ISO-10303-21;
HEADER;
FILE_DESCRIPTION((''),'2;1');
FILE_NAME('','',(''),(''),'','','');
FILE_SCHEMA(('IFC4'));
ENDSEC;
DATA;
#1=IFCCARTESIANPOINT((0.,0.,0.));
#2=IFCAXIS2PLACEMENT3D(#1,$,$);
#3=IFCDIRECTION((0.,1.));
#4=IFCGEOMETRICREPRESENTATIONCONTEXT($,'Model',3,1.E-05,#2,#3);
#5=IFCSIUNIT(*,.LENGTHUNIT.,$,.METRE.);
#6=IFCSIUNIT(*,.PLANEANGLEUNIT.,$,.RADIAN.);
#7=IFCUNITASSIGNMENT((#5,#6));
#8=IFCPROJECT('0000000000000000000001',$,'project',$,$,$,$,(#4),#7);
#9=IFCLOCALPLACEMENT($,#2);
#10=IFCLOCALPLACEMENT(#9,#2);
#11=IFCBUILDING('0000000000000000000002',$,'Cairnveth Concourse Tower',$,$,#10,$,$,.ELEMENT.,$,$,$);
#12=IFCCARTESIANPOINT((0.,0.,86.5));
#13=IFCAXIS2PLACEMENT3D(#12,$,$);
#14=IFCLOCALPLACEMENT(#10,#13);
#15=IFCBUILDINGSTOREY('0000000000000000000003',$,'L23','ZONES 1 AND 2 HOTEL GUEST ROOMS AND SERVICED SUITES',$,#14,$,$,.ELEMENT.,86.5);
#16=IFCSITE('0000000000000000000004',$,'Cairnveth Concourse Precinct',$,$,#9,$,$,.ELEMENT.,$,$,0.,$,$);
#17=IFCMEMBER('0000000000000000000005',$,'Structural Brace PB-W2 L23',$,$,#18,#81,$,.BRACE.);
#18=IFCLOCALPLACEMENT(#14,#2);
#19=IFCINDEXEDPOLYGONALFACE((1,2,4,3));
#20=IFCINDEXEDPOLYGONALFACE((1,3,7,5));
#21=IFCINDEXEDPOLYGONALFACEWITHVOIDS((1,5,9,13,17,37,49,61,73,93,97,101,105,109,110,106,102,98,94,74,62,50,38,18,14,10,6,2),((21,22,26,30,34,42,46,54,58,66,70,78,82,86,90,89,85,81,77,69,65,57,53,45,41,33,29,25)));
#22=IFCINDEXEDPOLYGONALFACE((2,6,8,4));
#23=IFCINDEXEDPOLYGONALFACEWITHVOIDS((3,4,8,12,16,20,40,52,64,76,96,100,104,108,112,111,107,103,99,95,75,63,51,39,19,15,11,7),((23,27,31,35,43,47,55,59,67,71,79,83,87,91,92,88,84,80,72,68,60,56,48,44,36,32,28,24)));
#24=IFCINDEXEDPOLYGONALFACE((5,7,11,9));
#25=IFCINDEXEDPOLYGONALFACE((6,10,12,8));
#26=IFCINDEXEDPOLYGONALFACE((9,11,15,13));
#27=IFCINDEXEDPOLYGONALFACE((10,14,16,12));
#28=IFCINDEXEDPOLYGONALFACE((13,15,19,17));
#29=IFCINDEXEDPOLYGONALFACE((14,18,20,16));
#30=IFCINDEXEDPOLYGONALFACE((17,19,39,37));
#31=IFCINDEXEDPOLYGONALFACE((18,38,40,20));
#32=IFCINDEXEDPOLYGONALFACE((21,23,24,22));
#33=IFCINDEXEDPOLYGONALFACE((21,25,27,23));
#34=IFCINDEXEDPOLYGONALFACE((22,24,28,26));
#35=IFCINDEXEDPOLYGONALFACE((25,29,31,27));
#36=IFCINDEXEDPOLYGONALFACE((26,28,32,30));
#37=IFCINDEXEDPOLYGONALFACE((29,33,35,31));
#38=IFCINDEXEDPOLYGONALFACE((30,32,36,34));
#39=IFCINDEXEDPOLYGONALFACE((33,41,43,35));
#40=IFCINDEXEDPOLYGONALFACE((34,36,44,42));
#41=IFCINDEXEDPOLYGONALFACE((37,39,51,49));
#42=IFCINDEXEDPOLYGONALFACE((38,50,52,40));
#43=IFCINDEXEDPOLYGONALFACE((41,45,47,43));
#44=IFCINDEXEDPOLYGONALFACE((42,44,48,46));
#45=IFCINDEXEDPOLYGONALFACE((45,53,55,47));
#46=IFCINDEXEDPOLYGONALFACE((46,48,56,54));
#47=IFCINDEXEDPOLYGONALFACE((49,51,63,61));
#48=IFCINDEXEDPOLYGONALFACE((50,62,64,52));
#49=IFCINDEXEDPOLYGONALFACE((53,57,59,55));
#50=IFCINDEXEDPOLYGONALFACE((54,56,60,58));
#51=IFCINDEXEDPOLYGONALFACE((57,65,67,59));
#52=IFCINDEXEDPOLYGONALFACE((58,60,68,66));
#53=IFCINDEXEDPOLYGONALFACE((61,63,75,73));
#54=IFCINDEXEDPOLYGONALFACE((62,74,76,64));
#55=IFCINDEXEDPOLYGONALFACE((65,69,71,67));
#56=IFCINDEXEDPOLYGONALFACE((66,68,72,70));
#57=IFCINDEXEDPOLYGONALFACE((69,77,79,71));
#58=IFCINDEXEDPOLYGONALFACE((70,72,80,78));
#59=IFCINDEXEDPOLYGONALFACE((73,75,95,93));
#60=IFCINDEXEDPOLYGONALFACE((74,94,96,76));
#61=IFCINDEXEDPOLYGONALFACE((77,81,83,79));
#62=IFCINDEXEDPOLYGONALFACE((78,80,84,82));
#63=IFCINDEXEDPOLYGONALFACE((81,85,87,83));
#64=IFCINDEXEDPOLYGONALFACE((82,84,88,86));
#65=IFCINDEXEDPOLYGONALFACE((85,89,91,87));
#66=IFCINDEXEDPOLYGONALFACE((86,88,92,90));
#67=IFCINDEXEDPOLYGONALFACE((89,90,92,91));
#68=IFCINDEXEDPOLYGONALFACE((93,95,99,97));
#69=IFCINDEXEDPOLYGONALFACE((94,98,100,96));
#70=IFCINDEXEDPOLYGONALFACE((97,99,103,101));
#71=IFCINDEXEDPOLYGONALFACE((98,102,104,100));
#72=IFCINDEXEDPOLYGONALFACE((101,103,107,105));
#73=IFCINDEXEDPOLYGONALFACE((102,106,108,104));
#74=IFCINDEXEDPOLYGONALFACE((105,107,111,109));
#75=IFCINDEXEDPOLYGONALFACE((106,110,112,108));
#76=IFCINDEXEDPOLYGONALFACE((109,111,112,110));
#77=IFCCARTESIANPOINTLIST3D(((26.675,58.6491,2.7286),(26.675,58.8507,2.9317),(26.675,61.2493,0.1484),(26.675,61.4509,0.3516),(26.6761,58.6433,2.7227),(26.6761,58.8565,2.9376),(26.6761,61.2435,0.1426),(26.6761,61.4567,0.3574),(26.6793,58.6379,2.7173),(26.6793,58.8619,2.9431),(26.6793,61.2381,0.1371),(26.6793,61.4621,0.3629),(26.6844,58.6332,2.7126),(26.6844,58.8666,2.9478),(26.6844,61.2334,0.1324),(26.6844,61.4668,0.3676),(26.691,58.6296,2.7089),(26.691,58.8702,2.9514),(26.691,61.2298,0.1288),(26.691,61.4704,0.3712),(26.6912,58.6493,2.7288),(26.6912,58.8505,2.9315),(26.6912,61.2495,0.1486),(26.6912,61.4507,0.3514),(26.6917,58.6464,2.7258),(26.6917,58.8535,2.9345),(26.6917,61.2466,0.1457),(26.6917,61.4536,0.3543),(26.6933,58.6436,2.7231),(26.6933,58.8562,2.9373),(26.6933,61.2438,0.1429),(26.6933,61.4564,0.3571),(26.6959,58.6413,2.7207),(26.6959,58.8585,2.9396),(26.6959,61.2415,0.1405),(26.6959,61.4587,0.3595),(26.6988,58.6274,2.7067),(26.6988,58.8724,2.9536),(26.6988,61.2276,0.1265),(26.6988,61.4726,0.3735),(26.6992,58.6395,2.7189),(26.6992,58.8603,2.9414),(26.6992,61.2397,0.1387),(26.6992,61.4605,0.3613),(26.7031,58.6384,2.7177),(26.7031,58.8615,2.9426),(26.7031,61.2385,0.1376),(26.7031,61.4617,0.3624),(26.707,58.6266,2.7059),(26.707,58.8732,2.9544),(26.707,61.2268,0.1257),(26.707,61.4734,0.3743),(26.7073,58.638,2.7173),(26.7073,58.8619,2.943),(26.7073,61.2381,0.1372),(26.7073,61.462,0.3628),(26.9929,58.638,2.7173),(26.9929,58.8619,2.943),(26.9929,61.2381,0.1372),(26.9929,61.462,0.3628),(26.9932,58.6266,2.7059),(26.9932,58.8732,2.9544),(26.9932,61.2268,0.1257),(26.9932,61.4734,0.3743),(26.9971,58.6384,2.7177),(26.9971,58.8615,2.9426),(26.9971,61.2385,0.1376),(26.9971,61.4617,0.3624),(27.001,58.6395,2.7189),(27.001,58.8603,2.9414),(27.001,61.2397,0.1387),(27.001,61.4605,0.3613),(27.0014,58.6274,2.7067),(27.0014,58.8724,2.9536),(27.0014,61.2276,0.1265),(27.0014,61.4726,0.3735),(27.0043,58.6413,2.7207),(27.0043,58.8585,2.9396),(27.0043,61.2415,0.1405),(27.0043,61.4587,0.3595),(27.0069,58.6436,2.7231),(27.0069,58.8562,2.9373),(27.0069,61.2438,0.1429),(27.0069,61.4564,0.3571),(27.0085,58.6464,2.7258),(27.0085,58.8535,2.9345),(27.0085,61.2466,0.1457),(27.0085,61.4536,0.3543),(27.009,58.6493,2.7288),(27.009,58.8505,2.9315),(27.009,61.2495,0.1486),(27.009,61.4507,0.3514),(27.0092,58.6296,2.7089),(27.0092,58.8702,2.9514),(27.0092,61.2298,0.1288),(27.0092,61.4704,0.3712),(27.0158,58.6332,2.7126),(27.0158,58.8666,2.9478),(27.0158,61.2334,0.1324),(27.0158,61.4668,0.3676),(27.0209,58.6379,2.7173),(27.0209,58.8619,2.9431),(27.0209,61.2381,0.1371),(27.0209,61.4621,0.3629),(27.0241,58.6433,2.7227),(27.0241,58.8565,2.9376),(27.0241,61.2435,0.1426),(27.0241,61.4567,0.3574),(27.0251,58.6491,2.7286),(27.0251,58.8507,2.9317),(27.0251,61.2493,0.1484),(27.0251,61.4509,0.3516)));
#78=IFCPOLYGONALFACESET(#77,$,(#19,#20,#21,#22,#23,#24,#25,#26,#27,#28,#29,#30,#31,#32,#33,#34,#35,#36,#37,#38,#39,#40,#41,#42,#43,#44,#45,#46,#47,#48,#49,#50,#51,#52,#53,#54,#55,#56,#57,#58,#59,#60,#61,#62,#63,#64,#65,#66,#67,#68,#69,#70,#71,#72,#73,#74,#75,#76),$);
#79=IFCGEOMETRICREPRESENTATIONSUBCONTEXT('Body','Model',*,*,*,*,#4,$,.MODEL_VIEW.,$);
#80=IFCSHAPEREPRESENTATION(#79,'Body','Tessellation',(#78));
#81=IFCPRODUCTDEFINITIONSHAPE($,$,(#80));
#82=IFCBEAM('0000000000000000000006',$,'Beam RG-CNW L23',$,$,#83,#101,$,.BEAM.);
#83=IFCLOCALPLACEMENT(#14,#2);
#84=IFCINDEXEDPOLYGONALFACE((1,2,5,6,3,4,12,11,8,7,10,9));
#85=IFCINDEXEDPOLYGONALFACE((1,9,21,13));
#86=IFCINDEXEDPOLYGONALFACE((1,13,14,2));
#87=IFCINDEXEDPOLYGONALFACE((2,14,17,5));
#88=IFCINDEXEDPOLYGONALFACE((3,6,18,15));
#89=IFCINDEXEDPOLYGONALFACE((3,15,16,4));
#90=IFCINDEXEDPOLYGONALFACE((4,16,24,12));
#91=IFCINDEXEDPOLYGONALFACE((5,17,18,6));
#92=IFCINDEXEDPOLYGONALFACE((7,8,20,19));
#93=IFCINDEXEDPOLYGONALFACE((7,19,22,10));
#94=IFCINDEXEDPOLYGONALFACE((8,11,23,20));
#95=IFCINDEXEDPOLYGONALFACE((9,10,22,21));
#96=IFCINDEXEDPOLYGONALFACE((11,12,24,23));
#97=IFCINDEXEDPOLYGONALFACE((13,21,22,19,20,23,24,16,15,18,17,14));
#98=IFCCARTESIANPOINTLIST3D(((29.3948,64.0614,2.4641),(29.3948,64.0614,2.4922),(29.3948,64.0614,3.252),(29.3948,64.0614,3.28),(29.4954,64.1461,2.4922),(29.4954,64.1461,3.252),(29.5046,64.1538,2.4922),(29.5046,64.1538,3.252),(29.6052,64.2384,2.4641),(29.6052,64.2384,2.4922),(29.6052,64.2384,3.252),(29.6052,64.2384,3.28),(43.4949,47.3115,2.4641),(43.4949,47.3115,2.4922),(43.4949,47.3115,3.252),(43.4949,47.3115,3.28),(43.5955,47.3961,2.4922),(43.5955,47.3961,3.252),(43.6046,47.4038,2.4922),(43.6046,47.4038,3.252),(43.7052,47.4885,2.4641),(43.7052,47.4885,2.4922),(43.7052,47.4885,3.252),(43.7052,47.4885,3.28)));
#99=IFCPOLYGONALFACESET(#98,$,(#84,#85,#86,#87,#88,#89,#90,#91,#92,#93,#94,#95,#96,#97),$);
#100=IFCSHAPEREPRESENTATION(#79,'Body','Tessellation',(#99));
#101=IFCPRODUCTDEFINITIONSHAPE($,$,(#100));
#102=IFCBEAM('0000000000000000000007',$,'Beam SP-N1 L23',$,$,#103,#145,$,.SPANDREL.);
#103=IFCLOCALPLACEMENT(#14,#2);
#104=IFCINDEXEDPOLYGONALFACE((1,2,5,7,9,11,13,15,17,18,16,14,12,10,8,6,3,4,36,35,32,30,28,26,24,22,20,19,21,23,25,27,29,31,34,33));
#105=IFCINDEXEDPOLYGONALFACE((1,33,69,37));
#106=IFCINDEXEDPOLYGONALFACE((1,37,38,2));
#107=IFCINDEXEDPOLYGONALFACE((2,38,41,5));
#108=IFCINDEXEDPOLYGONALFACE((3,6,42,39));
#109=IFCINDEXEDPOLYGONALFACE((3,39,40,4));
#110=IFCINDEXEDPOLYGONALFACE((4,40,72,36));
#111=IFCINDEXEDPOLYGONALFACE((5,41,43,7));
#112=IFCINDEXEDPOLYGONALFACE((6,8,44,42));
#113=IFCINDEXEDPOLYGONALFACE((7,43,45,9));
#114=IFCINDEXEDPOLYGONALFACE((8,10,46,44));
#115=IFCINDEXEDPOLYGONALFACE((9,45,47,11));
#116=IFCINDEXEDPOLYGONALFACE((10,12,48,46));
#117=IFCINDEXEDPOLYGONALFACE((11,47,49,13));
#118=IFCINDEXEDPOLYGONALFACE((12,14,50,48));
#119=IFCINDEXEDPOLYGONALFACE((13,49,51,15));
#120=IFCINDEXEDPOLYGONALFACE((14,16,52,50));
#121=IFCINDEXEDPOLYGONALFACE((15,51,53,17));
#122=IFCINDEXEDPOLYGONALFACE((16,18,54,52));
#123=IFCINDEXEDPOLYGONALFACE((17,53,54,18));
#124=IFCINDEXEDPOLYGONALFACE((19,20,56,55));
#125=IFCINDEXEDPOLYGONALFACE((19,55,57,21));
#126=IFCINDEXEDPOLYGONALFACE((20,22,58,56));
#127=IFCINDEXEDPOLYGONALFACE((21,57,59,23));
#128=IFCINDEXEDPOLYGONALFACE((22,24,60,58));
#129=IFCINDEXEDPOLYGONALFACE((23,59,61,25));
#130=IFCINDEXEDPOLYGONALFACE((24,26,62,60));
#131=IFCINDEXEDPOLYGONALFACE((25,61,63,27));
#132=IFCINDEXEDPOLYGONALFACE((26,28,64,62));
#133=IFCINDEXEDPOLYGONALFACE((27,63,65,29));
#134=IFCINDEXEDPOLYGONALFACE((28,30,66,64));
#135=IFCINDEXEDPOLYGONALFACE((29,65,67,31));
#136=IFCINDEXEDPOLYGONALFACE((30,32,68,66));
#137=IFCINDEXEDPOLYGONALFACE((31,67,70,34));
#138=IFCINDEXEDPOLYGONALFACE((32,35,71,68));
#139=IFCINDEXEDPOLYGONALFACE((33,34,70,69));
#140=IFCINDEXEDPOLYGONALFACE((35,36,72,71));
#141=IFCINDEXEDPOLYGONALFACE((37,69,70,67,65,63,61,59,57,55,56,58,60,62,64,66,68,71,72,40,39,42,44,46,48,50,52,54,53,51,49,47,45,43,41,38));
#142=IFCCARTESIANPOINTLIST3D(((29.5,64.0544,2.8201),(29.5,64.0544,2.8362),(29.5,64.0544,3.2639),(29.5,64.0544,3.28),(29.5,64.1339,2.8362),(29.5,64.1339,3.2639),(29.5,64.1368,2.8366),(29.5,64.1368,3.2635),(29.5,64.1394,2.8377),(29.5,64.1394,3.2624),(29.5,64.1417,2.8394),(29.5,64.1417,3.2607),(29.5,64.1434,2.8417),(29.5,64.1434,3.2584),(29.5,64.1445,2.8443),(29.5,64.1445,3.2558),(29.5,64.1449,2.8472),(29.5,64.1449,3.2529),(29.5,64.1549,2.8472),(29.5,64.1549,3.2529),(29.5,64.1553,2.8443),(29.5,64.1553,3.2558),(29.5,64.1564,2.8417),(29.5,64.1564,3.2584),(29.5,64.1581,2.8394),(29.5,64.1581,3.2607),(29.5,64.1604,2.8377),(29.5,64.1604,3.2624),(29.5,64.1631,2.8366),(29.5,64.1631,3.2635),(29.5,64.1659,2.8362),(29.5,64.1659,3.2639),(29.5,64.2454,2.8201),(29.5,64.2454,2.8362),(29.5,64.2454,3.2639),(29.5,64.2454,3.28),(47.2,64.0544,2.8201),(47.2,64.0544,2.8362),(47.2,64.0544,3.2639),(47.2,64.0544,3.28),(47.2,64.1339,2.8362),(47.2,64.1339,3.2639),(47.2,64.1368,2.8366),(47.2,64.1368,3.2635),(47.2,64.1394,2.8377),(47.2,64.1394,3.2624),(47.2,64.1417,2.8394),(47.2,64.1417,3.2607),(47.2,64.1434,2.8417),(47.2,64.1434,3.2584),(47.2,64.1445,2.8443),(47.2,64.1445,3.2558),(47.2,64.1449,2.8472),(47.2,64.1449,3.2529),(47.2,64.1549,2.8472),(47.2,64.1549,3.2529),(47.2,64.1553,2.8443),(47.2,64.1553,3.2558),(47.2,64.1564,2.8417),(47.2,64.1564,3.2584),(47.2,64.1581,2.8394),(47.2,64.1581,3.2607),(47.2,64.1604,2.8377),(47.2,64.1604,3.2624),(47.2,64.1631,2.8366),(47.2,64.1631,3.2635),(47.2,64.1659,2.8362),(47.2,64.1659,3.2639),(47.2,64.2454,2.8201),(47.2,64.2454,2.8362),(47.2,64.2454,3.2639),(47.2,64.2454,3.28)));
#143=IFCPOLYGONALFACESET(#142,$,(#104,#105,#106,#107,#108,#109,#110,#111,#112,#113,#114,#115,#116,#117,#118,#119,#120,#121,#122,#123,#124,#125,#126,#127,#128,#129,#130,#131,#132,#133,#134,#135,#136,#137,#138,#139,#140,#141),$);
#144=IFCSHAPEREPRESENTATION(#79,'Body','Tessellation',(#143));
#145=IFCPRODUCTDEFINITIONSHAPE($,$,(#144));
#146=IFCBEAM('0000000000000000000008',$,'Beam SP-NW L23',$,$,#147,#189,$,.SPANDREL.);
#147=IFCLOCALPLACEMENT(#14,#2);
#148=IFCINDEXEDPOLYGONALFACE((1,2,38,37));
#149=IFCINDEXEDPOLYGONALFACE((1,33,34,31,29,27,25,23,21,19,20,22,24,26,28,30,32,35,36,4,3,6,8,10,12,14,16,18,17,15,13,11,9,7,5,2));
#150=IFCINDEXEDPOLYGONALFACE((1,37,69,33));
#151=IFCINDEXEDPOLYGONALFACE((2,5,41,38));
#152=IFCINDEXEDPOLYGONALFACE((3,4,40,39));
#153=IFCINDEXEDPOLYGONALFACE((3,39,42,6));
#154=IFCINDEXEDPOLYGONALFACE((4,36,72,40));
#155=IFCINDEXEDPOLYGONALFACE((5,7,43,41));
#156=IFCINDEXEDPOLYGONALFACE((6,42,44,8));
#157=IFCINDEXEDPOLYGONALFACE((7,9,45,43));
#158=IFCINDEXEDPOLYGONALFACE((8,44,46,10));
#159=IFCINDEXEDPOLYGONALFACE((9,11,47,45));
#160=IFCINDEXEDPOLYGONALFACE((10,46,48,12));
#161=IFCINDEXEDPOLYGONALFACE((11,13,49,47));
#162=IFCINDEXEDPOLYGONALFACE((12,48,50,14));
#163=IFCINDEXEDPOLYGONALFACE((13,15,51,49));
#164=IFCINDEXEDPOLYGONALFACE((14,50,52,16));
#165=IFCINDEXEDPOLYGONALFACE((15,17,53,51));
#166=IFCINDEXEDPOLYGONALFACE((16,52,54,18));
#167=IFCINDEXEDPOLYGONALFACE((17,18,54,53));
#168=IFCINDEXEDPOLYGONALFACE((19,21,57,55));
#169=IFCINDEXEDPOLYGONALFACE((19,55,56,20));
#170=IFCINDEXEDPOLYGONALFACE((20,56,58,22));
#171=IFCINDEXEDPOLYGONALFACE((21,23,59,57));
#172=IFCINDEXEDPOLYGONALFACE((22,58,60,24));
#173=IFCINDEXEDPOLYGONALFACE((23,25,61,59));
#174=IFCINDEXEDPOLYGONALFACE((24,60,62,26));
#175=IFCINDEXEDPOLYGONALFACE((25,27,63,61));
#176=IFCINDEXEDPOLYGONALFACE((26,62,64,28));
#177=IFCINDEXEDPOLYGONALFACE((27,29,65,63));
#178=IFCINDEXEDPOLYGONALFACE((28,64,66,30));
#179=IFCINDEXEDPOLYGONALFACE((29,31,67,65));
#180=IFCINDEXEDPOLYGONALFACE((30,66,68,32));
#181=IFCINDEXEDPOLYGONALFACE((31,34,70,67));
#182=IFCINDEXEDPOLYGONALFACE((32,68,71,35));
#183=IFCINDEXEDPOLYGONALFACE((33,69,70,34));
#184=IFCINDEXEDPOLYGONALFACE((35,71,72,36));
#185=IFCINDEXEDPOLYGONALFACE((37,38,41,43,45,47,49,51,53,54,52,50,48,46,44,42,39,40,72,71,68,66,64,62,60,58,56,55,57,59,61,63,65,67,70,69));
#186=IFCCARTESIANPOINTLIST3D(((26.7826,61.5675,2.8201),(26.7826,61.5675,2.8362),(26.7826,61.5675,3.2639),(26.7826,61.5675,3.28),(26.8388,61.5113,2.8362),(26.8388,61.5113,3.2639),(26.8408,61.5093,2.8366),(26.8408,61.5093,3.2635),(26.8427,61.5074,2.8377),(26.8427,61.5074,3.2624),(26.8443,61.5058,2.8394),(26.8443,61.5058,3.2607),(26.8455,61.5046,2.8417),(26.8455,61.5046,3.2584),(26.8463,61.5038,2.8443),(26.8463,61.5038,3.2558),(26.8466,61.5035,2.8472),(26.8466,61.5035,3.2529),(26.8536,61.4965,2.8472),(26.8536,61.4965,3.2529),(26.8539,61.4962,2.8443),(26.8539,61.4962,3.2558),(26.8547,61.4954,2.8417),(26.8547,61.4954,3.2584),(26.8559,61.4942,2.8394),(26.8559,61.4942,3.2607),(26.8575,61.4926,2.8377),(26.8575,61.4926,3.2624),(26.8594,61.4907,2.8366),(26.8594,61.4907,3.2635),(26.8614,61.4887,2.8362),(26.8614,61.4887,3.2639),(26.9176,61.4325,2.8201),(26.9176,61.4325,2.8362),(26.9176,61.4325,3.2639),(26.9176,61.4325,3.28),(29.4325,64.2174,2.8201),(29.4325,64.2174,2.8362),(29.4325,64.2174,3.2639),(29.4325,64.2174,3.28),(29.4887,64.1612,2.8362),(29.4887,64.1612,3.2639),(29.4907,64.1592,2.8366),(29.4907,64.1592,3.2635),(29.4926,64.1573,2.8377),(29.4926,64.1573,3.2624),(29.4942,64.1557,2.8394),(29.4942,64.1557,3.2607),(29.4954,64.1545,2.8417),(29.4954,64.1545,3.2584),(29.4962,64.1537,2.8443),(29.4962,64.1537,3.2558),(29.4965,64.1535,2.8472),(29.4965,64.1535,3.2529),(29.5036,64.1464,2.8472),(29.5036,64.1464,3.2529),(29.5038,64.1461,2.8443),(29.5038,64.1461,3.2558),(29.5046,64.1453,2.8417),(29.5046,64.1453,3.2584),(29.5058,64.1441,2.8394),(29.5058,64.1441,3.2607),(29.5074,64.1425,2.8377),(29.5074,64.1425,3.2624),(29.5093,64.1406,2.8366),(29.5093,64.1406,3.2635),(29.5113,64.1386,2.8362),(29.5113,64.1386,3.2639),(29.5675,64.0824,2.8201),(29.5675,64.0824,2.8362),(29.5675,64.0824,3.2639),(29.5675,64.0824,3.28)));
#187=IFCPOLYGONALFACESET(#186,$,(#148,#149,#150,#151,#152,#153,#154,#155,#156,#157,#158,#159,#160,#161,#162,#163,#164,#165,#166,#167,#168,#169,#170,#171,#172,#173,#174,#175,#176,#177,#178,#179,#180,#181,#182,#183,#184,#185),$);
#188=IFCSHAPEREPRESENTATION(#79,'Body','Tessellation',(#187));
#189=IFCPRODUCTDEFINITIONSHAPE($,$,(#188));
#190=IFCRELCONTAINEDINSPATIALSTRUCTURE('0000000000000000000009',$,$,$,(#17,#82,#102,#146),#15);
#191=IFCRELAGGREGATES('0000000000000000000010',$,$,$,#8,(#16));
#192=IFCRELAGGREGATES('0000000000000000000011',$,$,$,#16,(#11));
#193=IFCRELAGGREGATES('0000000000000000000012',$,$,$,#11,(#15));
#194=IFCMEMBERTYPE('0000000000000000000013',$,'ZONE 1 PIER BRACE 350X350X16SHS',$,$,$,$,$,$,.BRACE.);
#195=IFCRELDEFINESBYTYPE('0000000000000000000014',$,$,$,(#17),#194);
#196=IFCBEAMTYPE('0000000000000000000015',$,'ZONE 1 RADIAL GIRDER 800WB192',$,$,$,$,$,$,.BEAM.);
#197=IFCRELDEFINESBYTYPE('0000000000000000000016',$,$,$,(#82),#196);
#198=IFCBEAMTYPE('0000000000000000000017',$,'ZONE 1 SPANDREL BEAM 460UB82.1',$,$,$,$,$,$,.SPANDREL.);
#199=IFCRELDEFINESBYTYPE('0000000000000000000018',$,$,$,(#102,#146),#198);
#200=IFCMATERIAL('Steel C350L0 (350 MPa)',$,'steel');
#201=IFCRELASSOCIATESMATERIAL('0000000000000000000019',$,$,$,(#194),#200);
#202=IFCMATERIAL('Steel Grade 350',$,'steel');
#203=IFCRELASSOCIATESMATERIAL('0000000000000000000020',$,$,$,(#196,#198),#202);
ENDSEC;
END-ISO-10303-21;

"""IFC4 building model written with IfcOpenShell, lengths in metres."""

from ifc_helpers import new_model, si_unit, direction, frame, origin, origin_2d, place, context, subcontext, project, spatial, hollow_rectangle, i_section, extrude, material, material_profile, profile_set, type_object, element, save


model = new_model("IFC4")

# Units and contexts
model_context = context("Model", 3, precision=1e-05, world=origin(), true_north=direction((0.0, 1.0)))
body_context = subcontext(model_context, "Body", "Model", "MODEL_VIEW")
ifc_project = project(units=[si_unit("LENGTHUNIT", "METRE"), si_unit("PLANEANGLEUNIT", "RADIAN")], contexts=[model_context])

# Site, building, storey
site_placement = place(None, origin())
site = spatial("IfcSite", under=ifc_project, at=site_placement, Name="Cairnveth Concourse Precinct", CompositionType="ELEMENT", RefElevation=0.0)
building_placement = place(site_placement, origin())
building = spatial("IfcBuilding", under=site, at=building_placement, Name="Cairnveth Concourse Tower", CompositionType="ELEMENT")
storey_placement = place(building_placement, frame((0.0, 0.0, 86.5)))
storey = spatial("IfcBuildingStorey", under=building, at=storey_placement, Name="L23", Description="ZONES 1 AND 2 HOTEL GUEST ROOMS AND SERVICED SUITES", CompositionType="ELEMENT", Elevation=86.5)

# Shared definitions
ifc_material_1 = material(Name="Steel Grade 350", Category="steel")

# Member
ifc_material_2 = material(Name="Steel C350L0 (350 MPa)", Category="steel")
ifc_material_profile_1 = material_profile(ifc_material_2, hollow_rectangle(XDim=0.3501, YDim=0.3501, WallThickness=0.0161, InnerFilletRadius=0.0161, OuterFilletRadius=0.032, at=origin_2d()), Name="350x350x16.0SHS")
ifc_profile_set_1 = profile_set([ifc_material_profile_1], Name="Steel C350L0 (350 MPa)")
member_type = type_object("IfcMemberType", Name="ZONE 1 PIER BRACE 350X350X16SHS", PredefinedType="BRACE", material=ifc_profile_set_1)
for number, where, z_axis, x_axis, name in (
    (1, (26.8501, 61.3501, 0.25), (0.0, -0.709834, 0.704369), (1.0, 0.0, 0.0), "Structural Brace PB-W2 L23"),
):
    element("IfcMember", number, at=place(storey_placement, frame(where, z_axis=z_axis, x_axis=x_axis)), inside=storey, type_object=member_type, Name=name, PredefinedType="BRACE", context=body_context, shape_type="SweptSolid", body=[
        extrude(hollow_rectangle(XDim=0.3501, YDim=0.3501, WallThickness=0.0161, InnerFilletRadius=0.0161, OuterFilletRadius=0.032, at=origin_2d()), origin(), (0.0, 0.0, 1.0), 3.6631),
    ])

# Beams
ifc_material_profile_2 = material_profile(ifc_material_1, i_section(OverallWidth=0.2749, OverallDepth=0.8159, WebThickness=0.012, FlangeThickness=0.0281, at=origin_2d()), Name="800WB192")
ifc_profile_set_2 = profile_set([ifc_material_profile_2], Name="Steel Grade 350")
beam_type_1 = type_object("IfcBeamType", Name="ZONE 1 RADIAL GIRDER 800WB192", PredefinedType="BEAM", material=ifc_profile_set_2)
beam_1_placement = place(storey_placement, frame((29.5, 64.1499, 2.8721), z_axis=(0.643998, -0.765027, 0.0), x_axis=(0.765027, 0.643998, 0.0)))
element("IfcBeam", 2, at=beam_1_placement, inside=storey, type_object=beam_type_1, Name="Beam RG-CNW L23", PredefinedType="BEAM", context=body_context, shape_type="SweptSolid", body=[
    extrude(i_section(OverallWidth=0.2749, OverallDepth=0.8159, WebThickness=0.012, FlangeThickness=0.0281, at=origin_2d()), origin(), (0.0, 0.0, 1.0), 21.8945),
])
ifc_material_profile_3 = material_profile(ifc_material_1, i_section(OverallWidth=0.1909, OverallDepth=0.46, WebThickness=0.01, FlangeThickness=0.0161, FilletRadius=0.011, at=origin_2d()), Name="460UB82.1")
ifc_profile_set_3 = profile_set([ifc_material_profile_3], Name="Steel Grade 350")
beam_type_2 = type_object("IfcBeamType", Name="ZONE 1 SPANDREL BEAM 460UB82.1", PredefinedType="SPANDREL", material=ifc_profile_set_3)
beam_2_placement = place(storey_placement, frame((29.5, 64.1499, 3.05), z_axis=(1.0, 0.0, 0.0), x_axis=(0.0, 1.0, 0.0)))
element("IfcBeam", 3, at=beam_2_placement, inside=storey, type_object=beam_type_2, Name="Beam SP-N1 L23", PredefinedType="SPANDREL", context=body_context, shape_type="SweptSolid", body=[
    extrude(i_section(OverallWidth=0.1909, OverallDepth=0.46, WebThickness=0.01, FlangeThickness=0.0161, FilletRadius=0.011, at=origin_2d()), origin(), (0.0, 0.0, 1.0), 17.7),
])
beam_3_placement = place(storey_placement, frame((26.8501, 61.5, 3.05), z_axis=(0.707107, 0.707107, 0.0), x_axis=(-0.707107, 0.707107, 0.0)))
element("IfcBeam", 4, at=beam_3_placement, inside=storey, type_object=beam_type_2, Name="Beam SP-NW L23", PredefinedType="SPANDREL", context=body_context, shape_type="SweptSolid", body=[
    extrude(i_section(OverallWidth=0.1909, OverallDepth=0.46, WebThickness=0.01, FlangeThickness=0.0161, FilletRadius=0.011, at=origin_2d()), origin(), (0.0, 0.0, 1.0), 3.7476),
])

save(model, "model.ifc")
